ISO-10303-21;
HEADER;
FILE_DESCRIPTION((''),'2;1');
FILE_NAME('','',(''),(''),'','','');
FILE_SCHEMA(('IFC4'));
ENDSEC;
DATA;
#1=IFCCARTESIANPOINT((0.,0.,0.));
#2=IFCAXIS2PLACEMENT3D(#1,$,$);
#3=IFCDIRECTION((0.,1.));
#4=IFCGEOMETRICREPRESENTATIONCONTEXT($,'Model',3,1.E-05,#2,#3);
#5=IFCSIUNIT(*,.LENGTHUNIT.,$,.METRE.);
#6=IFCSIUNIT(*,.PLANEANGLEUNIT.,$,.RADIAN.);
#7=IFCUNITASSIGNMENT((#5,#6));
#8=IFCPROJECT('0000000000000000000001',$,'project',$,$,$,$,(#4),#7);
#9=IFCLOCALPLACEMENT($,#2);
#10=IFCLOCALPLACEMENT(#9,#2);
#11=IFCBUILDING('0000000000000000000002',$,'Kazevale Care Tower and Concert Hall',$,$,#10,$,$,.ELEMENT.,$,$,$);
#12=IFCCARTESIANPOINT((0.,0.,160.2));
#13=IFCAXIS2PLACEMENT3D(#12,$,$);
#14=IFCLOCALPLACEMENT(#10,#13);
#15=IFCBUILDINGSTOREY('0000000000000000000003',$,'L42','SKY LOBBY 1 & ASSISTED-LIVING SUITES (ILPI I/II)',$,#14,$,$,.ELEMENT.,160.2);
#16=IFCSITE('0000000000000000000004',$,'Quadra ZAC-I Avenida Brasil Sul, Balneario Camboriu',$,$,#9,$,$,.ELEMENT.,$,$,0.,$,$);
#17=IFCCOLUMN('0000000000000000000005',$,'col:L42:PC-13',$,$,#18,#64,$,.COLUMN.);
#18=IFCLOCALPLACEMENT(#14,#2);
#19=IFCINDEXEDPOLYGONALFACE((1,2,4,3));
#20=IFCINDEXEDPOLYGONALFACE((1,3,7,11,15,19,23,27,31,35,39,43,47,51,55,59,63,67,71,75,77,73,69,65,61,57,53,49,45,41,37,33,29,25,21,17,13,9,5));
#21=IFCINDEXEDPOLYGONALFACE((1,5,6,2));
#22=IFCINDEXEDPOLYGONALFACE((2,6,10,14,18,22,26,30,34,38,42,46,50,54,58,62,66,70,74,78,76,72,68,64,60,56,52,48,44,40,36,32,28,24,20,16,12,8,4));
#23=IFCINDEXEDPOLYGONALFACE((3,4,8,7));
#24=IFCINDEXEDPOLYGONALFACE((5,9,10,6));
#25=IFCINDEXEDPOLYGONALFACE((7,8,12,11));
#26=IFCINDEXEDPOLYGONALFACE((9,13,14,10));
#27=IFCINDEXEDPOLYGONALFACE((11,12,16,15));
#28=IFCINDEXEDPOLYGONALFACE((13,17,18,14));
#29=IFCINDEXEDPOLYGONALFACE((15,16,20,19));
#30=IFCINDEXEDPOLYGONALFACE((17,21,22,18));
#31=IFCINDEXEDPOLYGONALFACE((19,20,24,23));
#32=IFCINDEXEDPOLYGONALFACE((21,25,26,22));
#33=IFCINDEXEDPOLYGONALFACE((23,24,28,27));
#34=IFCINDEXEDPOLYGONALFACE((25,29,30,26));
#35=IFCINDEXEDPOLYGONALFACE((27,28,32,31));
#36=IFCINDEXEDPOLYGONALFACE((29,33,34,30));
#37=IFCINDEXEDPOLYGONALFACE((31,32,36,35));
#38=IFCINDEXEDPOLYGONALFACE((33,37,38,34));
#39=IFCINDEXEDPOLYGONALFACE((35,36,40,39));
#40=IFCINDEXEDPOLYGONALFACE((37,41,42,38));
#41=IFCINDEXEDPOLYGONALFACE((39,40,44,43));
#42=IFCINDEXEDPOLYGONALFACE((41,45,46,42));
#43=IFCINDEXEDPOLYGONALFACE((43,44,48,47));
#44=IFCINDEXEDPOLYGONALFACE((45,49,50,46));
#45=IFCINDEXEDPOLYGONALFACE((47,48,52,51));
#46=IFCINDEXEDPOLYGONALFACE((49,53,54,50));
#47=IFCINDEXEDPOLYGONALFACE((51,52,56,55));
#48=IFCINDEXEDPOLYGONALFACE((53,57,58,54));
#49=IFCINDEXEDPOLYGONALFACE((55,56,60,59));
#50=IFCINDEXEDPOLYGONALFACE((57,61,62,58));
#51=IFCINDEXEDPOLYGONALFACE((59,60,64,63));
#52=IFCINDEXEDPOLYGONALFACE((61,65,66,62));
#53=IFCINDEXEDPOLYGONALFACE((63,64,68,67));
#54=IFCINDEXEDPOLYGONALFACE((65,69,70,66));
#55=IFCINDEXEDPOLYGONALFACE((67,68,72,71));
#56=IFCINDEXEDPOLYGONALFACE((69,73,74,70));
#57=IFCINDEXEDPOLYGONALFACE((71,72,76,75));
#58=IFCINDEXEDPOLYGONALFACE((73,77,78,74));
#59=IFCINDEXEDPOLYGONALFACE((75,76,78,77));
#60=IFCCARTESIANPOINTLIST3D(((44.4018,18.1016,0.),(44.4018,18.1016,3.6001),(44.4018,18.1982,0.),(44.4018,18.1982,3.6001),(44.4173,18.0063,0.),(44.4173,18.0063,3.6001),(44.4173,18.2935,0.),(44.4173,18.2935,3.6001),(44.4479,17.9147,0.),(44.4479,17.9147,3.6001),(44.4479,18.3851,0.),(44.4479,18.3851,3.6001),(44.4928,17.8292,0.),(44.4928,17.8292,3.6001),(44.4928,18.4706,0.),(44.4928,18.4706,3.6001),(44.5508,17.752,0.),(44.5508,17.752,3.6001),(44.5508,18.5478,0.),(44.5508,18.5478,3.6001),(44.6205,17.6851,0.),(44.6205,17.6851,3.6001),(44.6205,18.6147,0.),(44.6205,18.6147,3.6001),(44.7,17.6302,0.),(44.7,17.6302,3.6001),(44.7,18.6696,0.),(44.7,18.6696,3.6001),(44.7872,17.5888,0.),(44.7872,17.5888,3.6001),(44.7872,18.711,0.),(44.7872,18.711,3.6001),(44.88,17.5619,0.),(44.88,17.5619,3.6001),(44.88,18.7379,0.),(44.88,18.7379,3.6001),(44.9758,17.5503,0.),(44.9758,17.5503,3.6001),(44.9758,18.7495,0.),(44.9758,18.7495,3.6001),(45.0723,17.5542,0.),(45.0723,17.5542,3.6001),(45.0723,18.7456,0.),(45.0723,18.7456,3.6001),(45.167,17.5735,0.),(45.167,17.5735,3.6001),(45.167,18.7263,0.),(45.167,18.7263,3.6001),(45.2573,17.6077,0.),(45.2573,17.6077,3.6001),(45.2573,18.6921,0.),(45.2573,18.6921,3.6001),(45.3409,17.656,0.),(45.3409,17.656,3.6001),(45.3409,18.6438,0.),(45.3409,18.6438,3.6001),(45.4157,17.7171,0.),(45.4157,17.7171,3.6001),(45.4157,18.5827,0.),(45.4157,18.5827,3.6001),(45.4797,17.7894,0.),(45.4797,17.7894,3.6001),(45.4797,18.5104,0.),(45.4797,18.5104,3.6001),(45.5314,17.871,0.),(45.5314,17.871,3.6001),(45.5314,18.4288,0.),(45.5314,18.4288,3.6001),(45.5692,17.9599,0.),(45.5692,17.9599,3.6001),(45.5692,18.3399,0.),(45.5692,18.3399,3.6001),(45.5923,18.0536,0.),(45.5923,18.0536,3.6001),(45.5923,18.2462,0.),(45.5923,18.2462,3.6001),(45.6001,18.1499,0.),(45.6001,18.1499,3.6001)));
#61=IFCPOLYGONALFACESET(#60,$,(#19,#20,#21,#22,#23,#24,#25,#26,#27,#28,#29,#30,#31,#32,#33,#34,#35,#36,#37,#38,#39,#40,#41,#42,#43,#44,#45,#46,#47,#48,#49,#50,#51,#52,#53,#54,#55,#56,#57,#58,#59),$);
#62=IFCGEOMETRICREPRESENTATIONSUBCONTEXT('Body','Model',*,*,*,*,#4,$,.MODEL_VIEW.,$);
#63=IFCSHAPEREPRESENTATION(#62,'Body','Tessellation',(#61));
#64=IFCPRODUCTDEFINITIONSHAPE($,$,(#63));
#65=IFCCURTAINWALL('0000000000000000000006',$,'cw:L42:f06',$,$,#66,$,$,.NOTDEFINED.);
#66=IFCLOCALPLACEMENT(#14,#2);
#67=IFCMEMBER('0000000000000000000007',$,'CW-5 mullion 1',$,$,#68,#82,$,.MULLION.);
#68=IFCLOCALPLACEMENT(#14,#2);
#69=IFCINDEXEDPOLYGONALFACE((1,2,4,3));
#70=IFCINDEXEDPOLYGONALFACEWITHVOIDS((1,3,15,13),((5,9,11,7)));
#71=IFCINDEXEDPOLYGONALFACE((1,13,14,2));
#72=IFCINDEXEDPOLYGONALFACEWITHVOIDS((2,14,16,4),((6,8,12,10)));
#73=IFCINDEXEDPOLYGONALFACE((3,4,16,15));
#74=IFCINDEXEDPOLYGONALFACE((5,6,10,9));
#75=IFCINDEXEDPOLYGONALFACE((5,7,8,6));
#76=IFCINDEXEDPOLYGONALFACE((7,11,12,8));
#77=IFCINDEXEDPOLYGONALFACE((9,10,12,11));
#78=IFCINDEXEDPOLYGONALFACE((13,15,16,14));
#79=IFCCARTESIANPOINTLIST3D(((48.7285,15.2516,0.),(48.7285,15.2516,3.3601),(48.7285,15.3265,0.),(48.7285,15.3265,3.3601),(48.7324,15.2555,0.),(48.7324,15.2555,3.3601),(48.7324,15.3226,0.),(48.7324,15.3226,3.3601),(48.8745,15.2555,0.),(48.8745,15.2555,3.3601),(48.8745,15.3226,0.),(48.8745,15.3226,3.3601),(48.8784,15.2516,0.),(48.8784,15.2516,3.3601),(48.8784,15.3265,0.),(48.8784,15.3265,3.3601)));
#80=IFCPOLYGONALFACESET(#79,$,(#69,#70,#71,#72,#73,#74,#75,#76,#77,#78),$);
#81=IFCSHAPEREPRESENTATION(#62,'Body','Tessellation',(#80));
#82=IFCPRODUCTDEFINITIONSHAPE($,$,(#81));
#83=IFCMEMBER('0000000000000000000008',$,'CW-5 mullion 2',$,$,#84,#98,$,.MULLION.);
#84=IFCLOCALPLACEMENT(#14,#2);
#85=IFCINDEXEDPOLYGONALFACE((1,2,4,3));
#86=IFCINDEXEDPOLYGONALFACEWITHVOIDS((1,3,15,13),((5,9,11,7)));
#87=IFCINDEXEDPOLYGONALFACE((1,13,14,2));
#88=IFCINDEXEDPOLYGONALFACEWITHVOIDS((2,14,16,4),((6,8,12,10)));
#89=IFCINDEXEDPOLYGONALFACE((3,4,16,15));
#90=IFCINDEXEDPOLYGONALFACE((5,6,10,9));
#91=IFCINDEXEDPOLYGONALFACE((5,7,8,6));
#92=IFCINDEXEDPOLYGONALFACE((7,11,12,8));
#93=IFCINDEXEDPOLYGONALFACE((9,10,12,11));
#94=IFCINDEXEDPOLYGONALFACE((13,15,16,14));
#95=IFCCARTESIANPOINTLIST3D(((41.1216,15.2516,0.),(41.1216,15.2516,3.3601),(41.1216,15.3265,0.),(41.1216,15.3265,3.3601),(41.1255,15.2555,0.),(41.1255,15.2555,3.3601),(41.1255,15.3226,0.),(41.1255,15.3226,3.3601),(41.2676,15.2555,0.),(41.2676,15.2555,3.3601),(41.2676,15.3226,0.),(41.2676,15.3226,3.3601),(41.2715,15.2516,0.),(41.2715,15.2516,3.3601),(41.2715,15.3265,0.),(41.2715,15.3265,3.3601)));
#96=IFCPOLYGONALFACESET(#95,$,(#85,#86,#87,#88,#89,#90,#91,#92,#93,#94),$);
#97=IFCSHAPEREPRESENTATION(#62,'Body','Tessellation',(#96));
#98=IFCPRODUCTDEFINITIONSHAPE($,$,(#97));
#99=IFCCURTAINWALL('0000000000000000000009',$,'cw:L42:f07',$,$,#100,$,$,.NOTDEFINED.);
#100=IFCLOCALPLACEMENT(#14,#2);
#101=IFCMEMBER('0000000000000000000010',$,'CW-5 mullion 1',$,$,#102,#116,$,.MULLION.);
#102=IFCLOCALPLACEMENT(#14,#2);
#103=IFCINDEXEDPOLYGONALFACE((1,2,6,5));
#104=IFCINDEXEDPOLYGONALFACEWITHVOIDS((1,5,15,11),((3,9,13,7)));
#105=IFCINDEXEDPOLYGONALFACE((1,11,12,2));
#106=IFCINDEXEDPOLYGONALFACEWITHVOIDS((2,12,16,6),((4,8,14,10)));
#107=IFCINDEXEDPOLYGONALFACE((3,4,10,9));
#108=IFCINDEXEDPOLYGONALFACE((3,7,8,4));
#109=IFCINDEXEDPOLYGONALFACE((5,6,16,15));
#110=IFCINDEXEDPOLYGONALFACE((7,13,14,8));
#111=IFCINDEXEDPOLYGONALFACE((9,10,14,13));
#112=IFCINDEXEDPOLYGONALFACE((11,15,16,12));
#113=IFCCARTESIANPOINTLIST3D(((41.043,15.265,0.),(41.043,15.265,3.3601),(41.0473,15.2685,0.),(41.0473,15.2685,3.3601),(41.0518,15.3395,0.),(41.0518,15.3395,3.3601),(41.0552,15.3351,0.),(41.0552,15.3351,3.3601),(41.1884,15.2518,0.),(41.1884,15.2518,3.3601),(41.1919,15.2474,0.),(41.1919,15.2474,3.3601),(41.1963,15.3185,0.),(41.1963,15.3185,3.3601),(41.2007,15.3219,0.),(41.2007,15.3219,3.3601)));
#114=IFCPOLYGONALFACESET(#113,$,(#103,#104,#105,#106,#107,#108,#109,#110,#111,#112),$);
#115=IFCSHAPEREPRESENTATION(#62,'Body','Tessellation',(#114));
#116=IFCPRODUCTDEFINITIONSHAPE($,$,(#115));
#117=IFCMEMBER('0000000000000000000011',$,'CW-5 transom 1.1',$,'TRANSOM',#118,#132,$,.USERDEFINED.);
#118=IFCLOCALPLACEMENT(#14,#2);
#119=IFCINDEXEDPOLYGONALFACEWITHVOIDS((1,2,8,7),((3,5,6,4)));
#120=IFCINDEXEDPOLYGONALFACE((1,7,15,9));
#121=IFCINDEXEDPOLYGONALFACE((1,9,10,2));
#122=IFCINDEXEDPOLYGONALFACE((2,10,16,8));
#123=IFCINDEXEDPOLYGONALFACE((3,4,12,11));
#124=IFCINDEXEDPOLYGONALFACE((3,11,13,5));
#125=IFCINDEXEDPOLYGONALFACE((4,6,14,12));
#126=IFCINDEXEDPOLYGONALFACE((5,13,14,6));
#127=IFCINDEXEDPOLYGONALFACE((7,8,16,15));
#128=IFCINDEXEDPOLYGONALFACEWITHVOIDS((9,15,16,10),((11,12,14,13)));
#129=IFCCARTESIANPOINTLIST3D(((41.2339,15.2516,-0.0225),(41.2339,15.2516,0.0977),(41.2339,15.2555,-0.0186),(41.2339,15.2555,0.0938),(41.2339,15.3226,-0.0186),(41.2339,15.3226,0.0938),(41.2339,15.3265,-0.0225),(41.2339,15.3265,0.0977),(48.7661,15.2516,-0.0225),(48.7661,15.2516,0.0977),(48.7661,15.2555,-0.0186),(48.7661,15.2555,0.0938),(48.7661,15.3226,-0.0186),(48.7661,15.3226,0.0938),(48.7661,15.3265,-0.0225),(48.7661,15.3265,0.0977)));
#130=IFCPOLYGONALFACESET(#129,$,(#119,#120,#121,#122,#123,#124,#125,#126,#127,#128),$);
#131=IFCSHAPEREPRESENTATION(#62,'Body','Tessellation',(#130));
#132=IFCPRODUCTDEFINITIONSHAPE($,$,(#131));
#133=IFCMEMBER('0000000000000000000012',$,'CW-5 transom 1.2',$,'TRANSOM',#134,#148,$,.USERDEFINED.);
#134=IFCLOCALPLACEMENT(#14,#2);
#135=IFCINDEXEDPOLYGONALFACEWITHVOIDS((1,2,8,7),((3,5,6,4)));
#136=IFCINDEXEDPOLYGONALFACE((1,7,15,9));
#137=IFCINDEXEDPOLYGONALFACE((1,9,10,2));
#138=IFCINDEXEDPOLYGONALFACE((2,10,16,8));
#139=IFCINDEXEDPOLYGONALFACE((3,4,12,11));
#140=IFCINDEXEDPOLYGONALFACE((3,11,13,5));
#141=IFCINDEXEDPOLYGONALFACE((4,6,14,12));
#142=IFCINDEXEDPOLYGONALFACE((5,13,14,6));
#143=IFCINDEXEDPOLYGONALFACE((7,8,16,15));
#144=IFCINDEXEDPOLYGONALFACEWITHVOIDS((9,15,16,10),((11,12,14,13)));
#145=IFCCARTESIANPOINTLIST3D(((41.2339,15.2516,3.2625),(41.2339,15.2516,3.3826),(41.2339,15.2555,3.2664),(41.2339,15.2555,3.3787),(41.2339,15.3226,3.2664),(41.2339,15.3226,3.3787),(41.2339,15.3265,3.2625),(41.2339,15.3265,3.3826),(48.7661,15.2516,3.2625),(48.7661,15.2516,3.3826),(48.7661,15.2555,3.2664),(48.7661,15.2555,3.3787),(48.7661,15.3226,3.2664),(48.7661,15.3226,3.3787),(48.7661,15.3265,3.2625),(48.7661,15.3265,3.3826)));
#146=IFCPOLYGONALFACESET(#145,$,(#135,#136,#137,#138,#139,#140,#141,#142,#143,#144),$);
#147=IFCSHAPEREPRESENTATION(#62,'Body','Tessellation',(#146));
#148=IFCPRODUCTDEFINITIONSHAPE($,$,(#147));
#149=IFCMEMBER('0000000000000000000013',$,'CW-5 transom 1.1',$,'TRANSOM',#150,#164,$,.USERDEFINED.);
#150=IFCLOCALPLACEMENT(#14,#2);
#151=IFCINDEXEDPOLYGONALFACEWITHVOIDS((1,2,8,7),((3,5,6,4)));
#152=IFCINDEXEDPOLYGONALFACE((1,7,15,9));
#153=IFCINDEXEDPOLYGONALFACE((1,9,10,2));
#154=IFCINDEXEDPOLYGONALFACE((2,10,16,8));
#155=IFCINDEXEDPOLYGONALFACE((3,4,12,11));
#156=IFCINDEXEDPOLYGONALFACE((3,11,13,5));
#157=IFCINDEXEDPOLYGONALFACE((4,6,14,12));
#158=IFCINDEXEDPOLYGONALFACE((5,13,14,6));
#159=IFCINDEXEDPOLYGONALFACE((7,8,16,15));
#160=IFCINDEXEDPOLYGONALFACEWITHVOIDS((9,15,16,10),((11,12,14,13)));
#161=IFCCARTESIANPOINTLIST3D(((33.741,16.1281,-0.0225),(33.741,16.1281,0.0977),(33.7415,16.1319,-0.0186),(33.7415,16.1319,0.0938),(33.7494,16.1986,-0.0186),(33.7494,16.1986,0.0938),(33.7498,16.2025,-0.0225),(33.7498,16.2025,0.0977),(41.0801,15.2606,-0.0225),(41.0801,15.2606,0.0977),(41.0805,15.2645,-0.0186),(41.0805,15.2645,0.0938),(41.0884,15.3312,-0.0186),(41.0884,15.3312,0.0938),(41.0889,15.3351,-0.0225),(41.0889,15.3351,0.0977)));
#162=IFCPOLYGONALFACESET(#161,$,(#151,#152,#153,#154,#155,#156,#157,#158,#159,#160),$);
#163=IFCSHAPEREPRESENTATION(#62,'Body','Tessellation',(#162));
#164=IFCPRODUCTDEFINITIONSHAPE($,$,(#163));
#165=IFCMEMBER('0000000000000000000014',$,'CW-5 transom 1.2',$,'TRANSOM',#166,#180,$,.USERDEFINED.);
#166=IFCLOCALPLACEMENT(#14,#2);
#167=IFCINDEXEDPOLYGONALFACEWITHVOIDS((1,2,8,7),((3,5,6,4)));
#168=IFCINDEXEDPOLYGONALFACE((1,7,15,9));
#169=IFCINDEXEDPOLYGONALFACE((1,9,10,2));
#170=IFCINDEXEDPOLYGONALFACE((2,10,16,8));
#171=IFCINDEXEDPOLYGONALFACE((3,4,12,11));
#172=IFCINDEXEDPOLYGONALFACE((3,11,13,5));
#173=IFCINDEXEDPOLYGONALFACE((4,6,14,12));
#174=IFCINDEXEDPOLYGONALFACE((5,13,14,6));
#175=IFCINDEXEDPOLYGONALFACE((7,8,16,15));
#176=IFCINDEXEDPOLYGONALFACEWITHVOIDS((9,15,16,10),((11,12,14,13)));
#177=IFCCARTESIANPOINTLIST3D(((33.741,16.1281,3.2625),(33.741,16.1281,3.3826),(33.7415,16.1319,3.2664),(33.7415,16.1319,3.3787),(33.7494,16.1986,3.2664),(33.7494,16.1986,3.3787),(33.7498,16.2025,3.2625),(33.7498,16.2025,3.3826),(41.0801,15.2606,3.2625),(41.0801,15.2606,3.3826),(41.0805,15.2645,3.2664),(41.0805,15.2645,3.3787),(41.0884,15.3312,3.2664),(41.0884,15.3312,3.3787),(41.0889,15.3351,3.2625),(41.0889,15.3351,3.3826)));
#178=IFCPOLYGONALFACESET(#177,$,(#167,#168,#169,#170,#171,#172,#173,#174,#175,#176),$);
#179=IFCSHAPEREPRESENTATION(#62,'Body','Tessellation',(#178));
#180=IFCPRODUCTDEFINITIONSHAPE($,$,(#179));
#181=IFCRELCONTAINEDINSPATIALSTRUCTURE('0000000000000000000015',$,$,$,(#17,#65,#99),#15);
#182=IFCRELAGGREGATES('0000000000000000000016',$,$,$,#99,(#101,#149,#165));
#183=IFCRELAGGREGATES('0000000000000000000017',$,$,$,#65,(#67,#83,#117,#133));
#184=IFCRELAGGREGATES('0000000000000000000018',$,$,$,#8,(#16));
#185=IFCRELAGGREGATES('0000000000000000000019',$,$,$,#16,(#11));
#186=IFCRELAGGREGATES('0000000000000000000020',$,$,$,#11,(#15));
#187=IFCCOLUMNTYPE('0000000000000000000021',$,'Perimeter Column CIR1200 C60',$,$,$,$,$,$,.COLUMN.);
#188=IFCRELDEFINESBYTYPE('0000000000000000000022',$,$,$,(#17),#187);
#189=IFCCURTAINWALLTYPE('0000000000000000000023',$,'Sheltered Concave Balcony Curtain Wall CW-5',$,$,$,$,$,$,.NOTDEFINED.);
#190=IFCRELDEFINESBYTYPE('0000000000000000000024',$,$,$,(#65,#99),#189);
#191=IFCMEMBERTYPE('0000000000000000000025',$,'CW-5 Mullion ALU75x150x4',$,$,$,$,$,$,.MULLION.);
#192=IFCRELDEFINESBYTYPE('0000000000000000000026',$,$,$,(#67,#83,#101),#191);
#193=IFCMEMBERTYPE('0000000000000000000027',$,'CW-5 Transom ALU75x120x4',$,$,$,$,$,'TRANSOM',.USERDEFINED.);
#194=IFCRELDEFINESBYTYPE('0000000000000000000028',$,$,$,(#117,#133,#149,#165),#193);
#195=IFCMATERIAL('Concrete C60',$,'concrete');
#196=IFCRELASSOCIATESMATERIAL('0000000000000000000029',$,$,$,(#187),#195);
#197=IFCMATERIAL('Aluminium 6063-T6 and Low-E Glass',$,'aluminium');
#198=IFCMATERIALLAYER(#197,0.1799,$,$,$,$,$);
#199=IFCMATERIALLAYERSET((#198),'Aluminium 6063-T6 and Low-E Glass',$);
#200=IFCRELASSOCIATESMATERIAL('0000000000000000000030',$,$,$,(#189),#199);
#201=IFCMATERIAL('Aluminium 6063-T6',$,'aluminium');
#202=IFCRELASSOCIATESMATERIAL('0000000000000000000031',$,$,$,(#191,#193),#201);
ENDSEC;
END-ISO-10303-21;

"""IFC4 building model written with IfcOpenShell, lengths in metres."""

from ifc_helpers import new_model, si_unit, direction, frame, origin, origin_2d, place, context, subcontext, project, spatial, hollow_rectangle, circle, extrude, material, layer, layer_set, material_profile, profile_set, type_object, element, aggregate, save


model = new_model("IFC4")

# Units and contexts
model_context = context("Model", 3, precision=1e-05, world=origin(), true_north=direction((0.0, 1.0)))
body_context = subcontext(model_context, "Body", "Model", "MODEL_VIEW")
ifc_project = project(units=[si_unit("LENGTHUNIT", "METRE"), si_unit("PLANEANGLEUNIT", "RADIAN")], contexts=[model_context])

# Site, building, storey
site_placement = place(None, origin())
site = spatial("IfcSite", under=ifc_project, at=site_placement, Name="Quadra ZAC-I Avenida Brasil Sul, Balneario Camboriu", CompositionType="ELEMENT", RefElevation=0.0)
building_placement = place(site_placement, origin())
building = spatial("IfcBuilding", under=site, at=building_placement, Name="Kazevale Care Tower and Concert Hall", CompositionType="ELEMENT")
storey_placement = place(building_placement, frame((0.0, 0.0, 160.2)))
storey = spatial("IfcBuildingStorey", under=building, at=storey_placement, Name="L42", Description="SKY LOBBY 1 & ASSISTED-LIVING SUITES (ILPI I/II)", CompositionType="ELEMENT", Elevation=160.2)

# Column
ifc_material_1 = material(Name="Concrete C60", Category="concrete")
ifc_material_profile_1 = material_profile(ifc_material_1, circle(Radius=0.6001, at=origin_2d()), Name="RC-CIR1200")
ifc_profile_set_1 = profile_set([ifc_material_profile_1], Name="Concrete C60")
column_type = type_object("IfcColumnType", Name="Perimeter Column CIR1200 C60", PredefinedType="COLUMN", material=ifc_profile_set_1)
column_placement = place(storey_placement, frame((45.0, 18.1499, 0.0), z_axis=(0.0, 0.0, 1.0), x_axis=(1.0, 0.0, 0.0)))
element("IfcColumn", 1, at=column_placement, inside=storey, type_object=column_type, Name="col:L42:PC-13", PredefinedType="COLUMN", context=body_context, shape_type="SweptSolid", body=[
    extrude(circle(Radius=0.6001, at=origin_2d()), origin(), (0.0, 0.0, 1.0), 3.6001),
])

# Curtain wall, members
ifc_material_2 = material(Name="Aluminium 6063-T6 and Low-E Glass", Category="aluminium")
ifc_layer_1 = layer(ifc_material_2, 0.1799)
ifc_layer_set_1 = layer_set([ifc_layer_1], Name="Aluminium 6063-T6 and Low-E Glass")
curtain_wall_type = type_object("IfcCurtainWallType", Name="Sheltered Concave Balcony Curtain Wall CW-5", PredefinedType="NOTDEFINED", material=ifc_layer_set_1)
curtain_wall_1_placement = place(storey_placement, origin())
curtain_wall_1 = element("IfcCurtainWall", 2, at=curtain_wall_1_placement, inside=storey, type_object=curtain_wall_type, Name="cw:L42:f06", PredefinedType="NOTDEFINED")
ifc_material_3 = material(Name="Aluminium 6063-T6", Category="aluminium")
ifc_material_profile_2 = material_profile(ifc_material_3, hollow_rectangle(XDim=0.075, YDim=0.1499, WallThickness=0.0039, at=origin_2d()), Name="ALU75x150x4")
ifc_profile_set_2 = profile_set([ifc_material_profile_2], Name="Aluminium 6063-T6")
member_type_1 = type_object("IfcMemberType", Name="CW-5 Mullion ALU75x150x4", PredefinedType="MULLION", material=ifc_profile_set_2)
member_1_placement = place(storey_placement, frame((48.8035, 15.2891, 0.0), z_axis=(0.0, 0.0, 1.0), x_axis=(0.0, -1.0, 0.0)))
member_1 = element("IfcMember", 3, at=member_1_placement, type_object=member_type_1, Name="CW-5 mullion 1", PredefinedType="MULLION", context=body_context, shape_type="SweptSolid", body=[
    extrude(hollow_rectangle(XDim=0.075, YDim=0.1499, WallThickness=0.0039, at=origin_2d()), origin(), (0.0, 0.0, 1.0), 3.3601),
])
member_2_placement = place(storey_placement, frame((41.1965, 15.2891, 0.0), z_axis=(0.0, 0.0, 1.0), x_axis=(0.0, -1.0, 0.0)))
member_2 = element("IfcMember", 4, at=member_2_placement, type_object=member_type_1, Name="CW-5 mullion 2", PredefinedType="MULLION", context=body_context, shape_type="SweptSolid", body=[
    extrude(hollow_rectangle(XDim=0.075, YDim=0.1499, WallThickness=0.0039, at=origin_2d()), origin(), (0.0, 0.0, 1.0), 3.3601),
])

# Curtain wall, member
curtain_wall_2_placement = place(storey_placement, origin())
curtain_wall_2 = element("IfcCurtainWall", 5, at=curtain_wall_2_placement, inside=storey, type_object=curtain_wall_type, Name="cw:L42:f07", PredefinedType="NOTDEFINED")
member_3_placement = place(storey_placement, frame((41.1218, 15.2935, 0.0), z_axis=(0.0, 0.0, 1.0), x_axis=(-0.117372, -0.993088, 0.0)))
member_3 = element("IfcMember", 6, at=member_3_placement, type_object=member_type_1, Name="CW-5 mullion 1", PredefinedType="MULLION", context=body_context, shape_type="SweptSolid", body=[
    extrude(hollow_rectangle(XDim=0.075, YDim=0.1499, WallThickness=0.0039, at=origin_2d()), origin(), (0.0, 0.0, 1.0), 3.3601),
])

# Members
ifc_material_profile_3 = material_profile(ifc_material_3, hollow_rectangle(XDim=0.075, YDim=0.1201, WallThickness=0.0039, at=origin_2d()), Name="ALU75x120x4")
ifc_profile_set_3 = profile_set([ifc_material_profile_3], Name="Aluminium 6063-T6")
member_type_2 = type_object("IfcMemberType", Name="CW-5 Transom ALU75x120x4", ElementType="TRANSOM", PredefinedType="USERDEFINED", material=ifc_profile_set_3)
member_4_placement = place(storey_placement, frame((48.7661, 15.2891, 0.0376), z_axis=(-1.0, 0.0, 0.0), x_axis=(0.0, -1.0, 0.0)))
member_4 = element("IfcMember", 7, at=member_4_placement, type_object=member_type_2, Name="CW-5 transom 1.1", ObjectType="TRANSOM", PredefinedType="USERDEFINED", context=body_context, shape_type="SweptSolid", body=[
    extrude(hollow_rectangle(XDim=0.075, YDim=0.1201, WallThickness=0.0039, at=origin_2d()), origin(), (0.0, 0.0, 1.0), 7.5322),
])
member_5_placement = place(storey_placement, frame((48.7661, 15.2891, 3.3225), z_axis=(-1.0, 0.0, 0.0), x_axis=(0.0, -1.0, 0.0)))
member_5 = element("IfcMember", 8, at=member_5_placement, type_object=member_type_2, Name="CW-5 transom 1.2", ObjectType="TRANSOM", PredefinedType="USERDEFINED", context=body_context, shape_type="SweptSolid", body=[
    extrude(hollow_rectangle(XDim=0.075, YDim=0.1201, WallThickness=0.0039, at=origin_2d()), origin(), (0.0, 0.0, 1.0), 7.5322),
])
member_6_placement = place(storey_placement, frame((41.0845, 15.2979, 0.0376), z_axis=(-0.993088, 0.117376, 0.0), x_axis=(-0.117376, -0.993088, 0.0)))
member_6 = element("IfcMember", 9, at=member_6_placement, type_object=member_type_2, Name="CW-5 transom 1.1", ObjectType="TRANSOM", PredefinedType="USERDEFINED", context=body_context, shape_type="SweptSolid", body=[
    extrude(hollow_rectangle(XDim=0.075, YDim=0.1201, WallThickness=0.0039, at=origin_2d()), origin(), (0.0, 0.0, 1.0), 7.3901),
])
member_7_placement = place(storey_placement, frame((41.0845, 15.2979, 3.3225), z_axis=(-0.993088, 0.117376, 0.0), x_axis=(-0.117376, -0.993088, 0.0)))
member_7 = element("IfcMember", 10, at=member_7_placement, type_object=member_type_2, Name="CW-5 transom 1.2", ObjectType="TRANSOM", PredefinedType="USERDEFINED", context=body_context, shape_type="SweptSolid", body=[
    extrude(hollow_rectangle(XDim=0.075, YDim=0.1201, WallThickness=0.0039, at=origin_2d()), origin(), (0.0, 0.0, 1.0), 7.3901),
])
aggregate(curtain_wall_2, [member_3, member_6, member_7])

aggregate(curtain_wall_1, [member_1, member_2, member_4, member_5])

save(model, "model.ifc")
